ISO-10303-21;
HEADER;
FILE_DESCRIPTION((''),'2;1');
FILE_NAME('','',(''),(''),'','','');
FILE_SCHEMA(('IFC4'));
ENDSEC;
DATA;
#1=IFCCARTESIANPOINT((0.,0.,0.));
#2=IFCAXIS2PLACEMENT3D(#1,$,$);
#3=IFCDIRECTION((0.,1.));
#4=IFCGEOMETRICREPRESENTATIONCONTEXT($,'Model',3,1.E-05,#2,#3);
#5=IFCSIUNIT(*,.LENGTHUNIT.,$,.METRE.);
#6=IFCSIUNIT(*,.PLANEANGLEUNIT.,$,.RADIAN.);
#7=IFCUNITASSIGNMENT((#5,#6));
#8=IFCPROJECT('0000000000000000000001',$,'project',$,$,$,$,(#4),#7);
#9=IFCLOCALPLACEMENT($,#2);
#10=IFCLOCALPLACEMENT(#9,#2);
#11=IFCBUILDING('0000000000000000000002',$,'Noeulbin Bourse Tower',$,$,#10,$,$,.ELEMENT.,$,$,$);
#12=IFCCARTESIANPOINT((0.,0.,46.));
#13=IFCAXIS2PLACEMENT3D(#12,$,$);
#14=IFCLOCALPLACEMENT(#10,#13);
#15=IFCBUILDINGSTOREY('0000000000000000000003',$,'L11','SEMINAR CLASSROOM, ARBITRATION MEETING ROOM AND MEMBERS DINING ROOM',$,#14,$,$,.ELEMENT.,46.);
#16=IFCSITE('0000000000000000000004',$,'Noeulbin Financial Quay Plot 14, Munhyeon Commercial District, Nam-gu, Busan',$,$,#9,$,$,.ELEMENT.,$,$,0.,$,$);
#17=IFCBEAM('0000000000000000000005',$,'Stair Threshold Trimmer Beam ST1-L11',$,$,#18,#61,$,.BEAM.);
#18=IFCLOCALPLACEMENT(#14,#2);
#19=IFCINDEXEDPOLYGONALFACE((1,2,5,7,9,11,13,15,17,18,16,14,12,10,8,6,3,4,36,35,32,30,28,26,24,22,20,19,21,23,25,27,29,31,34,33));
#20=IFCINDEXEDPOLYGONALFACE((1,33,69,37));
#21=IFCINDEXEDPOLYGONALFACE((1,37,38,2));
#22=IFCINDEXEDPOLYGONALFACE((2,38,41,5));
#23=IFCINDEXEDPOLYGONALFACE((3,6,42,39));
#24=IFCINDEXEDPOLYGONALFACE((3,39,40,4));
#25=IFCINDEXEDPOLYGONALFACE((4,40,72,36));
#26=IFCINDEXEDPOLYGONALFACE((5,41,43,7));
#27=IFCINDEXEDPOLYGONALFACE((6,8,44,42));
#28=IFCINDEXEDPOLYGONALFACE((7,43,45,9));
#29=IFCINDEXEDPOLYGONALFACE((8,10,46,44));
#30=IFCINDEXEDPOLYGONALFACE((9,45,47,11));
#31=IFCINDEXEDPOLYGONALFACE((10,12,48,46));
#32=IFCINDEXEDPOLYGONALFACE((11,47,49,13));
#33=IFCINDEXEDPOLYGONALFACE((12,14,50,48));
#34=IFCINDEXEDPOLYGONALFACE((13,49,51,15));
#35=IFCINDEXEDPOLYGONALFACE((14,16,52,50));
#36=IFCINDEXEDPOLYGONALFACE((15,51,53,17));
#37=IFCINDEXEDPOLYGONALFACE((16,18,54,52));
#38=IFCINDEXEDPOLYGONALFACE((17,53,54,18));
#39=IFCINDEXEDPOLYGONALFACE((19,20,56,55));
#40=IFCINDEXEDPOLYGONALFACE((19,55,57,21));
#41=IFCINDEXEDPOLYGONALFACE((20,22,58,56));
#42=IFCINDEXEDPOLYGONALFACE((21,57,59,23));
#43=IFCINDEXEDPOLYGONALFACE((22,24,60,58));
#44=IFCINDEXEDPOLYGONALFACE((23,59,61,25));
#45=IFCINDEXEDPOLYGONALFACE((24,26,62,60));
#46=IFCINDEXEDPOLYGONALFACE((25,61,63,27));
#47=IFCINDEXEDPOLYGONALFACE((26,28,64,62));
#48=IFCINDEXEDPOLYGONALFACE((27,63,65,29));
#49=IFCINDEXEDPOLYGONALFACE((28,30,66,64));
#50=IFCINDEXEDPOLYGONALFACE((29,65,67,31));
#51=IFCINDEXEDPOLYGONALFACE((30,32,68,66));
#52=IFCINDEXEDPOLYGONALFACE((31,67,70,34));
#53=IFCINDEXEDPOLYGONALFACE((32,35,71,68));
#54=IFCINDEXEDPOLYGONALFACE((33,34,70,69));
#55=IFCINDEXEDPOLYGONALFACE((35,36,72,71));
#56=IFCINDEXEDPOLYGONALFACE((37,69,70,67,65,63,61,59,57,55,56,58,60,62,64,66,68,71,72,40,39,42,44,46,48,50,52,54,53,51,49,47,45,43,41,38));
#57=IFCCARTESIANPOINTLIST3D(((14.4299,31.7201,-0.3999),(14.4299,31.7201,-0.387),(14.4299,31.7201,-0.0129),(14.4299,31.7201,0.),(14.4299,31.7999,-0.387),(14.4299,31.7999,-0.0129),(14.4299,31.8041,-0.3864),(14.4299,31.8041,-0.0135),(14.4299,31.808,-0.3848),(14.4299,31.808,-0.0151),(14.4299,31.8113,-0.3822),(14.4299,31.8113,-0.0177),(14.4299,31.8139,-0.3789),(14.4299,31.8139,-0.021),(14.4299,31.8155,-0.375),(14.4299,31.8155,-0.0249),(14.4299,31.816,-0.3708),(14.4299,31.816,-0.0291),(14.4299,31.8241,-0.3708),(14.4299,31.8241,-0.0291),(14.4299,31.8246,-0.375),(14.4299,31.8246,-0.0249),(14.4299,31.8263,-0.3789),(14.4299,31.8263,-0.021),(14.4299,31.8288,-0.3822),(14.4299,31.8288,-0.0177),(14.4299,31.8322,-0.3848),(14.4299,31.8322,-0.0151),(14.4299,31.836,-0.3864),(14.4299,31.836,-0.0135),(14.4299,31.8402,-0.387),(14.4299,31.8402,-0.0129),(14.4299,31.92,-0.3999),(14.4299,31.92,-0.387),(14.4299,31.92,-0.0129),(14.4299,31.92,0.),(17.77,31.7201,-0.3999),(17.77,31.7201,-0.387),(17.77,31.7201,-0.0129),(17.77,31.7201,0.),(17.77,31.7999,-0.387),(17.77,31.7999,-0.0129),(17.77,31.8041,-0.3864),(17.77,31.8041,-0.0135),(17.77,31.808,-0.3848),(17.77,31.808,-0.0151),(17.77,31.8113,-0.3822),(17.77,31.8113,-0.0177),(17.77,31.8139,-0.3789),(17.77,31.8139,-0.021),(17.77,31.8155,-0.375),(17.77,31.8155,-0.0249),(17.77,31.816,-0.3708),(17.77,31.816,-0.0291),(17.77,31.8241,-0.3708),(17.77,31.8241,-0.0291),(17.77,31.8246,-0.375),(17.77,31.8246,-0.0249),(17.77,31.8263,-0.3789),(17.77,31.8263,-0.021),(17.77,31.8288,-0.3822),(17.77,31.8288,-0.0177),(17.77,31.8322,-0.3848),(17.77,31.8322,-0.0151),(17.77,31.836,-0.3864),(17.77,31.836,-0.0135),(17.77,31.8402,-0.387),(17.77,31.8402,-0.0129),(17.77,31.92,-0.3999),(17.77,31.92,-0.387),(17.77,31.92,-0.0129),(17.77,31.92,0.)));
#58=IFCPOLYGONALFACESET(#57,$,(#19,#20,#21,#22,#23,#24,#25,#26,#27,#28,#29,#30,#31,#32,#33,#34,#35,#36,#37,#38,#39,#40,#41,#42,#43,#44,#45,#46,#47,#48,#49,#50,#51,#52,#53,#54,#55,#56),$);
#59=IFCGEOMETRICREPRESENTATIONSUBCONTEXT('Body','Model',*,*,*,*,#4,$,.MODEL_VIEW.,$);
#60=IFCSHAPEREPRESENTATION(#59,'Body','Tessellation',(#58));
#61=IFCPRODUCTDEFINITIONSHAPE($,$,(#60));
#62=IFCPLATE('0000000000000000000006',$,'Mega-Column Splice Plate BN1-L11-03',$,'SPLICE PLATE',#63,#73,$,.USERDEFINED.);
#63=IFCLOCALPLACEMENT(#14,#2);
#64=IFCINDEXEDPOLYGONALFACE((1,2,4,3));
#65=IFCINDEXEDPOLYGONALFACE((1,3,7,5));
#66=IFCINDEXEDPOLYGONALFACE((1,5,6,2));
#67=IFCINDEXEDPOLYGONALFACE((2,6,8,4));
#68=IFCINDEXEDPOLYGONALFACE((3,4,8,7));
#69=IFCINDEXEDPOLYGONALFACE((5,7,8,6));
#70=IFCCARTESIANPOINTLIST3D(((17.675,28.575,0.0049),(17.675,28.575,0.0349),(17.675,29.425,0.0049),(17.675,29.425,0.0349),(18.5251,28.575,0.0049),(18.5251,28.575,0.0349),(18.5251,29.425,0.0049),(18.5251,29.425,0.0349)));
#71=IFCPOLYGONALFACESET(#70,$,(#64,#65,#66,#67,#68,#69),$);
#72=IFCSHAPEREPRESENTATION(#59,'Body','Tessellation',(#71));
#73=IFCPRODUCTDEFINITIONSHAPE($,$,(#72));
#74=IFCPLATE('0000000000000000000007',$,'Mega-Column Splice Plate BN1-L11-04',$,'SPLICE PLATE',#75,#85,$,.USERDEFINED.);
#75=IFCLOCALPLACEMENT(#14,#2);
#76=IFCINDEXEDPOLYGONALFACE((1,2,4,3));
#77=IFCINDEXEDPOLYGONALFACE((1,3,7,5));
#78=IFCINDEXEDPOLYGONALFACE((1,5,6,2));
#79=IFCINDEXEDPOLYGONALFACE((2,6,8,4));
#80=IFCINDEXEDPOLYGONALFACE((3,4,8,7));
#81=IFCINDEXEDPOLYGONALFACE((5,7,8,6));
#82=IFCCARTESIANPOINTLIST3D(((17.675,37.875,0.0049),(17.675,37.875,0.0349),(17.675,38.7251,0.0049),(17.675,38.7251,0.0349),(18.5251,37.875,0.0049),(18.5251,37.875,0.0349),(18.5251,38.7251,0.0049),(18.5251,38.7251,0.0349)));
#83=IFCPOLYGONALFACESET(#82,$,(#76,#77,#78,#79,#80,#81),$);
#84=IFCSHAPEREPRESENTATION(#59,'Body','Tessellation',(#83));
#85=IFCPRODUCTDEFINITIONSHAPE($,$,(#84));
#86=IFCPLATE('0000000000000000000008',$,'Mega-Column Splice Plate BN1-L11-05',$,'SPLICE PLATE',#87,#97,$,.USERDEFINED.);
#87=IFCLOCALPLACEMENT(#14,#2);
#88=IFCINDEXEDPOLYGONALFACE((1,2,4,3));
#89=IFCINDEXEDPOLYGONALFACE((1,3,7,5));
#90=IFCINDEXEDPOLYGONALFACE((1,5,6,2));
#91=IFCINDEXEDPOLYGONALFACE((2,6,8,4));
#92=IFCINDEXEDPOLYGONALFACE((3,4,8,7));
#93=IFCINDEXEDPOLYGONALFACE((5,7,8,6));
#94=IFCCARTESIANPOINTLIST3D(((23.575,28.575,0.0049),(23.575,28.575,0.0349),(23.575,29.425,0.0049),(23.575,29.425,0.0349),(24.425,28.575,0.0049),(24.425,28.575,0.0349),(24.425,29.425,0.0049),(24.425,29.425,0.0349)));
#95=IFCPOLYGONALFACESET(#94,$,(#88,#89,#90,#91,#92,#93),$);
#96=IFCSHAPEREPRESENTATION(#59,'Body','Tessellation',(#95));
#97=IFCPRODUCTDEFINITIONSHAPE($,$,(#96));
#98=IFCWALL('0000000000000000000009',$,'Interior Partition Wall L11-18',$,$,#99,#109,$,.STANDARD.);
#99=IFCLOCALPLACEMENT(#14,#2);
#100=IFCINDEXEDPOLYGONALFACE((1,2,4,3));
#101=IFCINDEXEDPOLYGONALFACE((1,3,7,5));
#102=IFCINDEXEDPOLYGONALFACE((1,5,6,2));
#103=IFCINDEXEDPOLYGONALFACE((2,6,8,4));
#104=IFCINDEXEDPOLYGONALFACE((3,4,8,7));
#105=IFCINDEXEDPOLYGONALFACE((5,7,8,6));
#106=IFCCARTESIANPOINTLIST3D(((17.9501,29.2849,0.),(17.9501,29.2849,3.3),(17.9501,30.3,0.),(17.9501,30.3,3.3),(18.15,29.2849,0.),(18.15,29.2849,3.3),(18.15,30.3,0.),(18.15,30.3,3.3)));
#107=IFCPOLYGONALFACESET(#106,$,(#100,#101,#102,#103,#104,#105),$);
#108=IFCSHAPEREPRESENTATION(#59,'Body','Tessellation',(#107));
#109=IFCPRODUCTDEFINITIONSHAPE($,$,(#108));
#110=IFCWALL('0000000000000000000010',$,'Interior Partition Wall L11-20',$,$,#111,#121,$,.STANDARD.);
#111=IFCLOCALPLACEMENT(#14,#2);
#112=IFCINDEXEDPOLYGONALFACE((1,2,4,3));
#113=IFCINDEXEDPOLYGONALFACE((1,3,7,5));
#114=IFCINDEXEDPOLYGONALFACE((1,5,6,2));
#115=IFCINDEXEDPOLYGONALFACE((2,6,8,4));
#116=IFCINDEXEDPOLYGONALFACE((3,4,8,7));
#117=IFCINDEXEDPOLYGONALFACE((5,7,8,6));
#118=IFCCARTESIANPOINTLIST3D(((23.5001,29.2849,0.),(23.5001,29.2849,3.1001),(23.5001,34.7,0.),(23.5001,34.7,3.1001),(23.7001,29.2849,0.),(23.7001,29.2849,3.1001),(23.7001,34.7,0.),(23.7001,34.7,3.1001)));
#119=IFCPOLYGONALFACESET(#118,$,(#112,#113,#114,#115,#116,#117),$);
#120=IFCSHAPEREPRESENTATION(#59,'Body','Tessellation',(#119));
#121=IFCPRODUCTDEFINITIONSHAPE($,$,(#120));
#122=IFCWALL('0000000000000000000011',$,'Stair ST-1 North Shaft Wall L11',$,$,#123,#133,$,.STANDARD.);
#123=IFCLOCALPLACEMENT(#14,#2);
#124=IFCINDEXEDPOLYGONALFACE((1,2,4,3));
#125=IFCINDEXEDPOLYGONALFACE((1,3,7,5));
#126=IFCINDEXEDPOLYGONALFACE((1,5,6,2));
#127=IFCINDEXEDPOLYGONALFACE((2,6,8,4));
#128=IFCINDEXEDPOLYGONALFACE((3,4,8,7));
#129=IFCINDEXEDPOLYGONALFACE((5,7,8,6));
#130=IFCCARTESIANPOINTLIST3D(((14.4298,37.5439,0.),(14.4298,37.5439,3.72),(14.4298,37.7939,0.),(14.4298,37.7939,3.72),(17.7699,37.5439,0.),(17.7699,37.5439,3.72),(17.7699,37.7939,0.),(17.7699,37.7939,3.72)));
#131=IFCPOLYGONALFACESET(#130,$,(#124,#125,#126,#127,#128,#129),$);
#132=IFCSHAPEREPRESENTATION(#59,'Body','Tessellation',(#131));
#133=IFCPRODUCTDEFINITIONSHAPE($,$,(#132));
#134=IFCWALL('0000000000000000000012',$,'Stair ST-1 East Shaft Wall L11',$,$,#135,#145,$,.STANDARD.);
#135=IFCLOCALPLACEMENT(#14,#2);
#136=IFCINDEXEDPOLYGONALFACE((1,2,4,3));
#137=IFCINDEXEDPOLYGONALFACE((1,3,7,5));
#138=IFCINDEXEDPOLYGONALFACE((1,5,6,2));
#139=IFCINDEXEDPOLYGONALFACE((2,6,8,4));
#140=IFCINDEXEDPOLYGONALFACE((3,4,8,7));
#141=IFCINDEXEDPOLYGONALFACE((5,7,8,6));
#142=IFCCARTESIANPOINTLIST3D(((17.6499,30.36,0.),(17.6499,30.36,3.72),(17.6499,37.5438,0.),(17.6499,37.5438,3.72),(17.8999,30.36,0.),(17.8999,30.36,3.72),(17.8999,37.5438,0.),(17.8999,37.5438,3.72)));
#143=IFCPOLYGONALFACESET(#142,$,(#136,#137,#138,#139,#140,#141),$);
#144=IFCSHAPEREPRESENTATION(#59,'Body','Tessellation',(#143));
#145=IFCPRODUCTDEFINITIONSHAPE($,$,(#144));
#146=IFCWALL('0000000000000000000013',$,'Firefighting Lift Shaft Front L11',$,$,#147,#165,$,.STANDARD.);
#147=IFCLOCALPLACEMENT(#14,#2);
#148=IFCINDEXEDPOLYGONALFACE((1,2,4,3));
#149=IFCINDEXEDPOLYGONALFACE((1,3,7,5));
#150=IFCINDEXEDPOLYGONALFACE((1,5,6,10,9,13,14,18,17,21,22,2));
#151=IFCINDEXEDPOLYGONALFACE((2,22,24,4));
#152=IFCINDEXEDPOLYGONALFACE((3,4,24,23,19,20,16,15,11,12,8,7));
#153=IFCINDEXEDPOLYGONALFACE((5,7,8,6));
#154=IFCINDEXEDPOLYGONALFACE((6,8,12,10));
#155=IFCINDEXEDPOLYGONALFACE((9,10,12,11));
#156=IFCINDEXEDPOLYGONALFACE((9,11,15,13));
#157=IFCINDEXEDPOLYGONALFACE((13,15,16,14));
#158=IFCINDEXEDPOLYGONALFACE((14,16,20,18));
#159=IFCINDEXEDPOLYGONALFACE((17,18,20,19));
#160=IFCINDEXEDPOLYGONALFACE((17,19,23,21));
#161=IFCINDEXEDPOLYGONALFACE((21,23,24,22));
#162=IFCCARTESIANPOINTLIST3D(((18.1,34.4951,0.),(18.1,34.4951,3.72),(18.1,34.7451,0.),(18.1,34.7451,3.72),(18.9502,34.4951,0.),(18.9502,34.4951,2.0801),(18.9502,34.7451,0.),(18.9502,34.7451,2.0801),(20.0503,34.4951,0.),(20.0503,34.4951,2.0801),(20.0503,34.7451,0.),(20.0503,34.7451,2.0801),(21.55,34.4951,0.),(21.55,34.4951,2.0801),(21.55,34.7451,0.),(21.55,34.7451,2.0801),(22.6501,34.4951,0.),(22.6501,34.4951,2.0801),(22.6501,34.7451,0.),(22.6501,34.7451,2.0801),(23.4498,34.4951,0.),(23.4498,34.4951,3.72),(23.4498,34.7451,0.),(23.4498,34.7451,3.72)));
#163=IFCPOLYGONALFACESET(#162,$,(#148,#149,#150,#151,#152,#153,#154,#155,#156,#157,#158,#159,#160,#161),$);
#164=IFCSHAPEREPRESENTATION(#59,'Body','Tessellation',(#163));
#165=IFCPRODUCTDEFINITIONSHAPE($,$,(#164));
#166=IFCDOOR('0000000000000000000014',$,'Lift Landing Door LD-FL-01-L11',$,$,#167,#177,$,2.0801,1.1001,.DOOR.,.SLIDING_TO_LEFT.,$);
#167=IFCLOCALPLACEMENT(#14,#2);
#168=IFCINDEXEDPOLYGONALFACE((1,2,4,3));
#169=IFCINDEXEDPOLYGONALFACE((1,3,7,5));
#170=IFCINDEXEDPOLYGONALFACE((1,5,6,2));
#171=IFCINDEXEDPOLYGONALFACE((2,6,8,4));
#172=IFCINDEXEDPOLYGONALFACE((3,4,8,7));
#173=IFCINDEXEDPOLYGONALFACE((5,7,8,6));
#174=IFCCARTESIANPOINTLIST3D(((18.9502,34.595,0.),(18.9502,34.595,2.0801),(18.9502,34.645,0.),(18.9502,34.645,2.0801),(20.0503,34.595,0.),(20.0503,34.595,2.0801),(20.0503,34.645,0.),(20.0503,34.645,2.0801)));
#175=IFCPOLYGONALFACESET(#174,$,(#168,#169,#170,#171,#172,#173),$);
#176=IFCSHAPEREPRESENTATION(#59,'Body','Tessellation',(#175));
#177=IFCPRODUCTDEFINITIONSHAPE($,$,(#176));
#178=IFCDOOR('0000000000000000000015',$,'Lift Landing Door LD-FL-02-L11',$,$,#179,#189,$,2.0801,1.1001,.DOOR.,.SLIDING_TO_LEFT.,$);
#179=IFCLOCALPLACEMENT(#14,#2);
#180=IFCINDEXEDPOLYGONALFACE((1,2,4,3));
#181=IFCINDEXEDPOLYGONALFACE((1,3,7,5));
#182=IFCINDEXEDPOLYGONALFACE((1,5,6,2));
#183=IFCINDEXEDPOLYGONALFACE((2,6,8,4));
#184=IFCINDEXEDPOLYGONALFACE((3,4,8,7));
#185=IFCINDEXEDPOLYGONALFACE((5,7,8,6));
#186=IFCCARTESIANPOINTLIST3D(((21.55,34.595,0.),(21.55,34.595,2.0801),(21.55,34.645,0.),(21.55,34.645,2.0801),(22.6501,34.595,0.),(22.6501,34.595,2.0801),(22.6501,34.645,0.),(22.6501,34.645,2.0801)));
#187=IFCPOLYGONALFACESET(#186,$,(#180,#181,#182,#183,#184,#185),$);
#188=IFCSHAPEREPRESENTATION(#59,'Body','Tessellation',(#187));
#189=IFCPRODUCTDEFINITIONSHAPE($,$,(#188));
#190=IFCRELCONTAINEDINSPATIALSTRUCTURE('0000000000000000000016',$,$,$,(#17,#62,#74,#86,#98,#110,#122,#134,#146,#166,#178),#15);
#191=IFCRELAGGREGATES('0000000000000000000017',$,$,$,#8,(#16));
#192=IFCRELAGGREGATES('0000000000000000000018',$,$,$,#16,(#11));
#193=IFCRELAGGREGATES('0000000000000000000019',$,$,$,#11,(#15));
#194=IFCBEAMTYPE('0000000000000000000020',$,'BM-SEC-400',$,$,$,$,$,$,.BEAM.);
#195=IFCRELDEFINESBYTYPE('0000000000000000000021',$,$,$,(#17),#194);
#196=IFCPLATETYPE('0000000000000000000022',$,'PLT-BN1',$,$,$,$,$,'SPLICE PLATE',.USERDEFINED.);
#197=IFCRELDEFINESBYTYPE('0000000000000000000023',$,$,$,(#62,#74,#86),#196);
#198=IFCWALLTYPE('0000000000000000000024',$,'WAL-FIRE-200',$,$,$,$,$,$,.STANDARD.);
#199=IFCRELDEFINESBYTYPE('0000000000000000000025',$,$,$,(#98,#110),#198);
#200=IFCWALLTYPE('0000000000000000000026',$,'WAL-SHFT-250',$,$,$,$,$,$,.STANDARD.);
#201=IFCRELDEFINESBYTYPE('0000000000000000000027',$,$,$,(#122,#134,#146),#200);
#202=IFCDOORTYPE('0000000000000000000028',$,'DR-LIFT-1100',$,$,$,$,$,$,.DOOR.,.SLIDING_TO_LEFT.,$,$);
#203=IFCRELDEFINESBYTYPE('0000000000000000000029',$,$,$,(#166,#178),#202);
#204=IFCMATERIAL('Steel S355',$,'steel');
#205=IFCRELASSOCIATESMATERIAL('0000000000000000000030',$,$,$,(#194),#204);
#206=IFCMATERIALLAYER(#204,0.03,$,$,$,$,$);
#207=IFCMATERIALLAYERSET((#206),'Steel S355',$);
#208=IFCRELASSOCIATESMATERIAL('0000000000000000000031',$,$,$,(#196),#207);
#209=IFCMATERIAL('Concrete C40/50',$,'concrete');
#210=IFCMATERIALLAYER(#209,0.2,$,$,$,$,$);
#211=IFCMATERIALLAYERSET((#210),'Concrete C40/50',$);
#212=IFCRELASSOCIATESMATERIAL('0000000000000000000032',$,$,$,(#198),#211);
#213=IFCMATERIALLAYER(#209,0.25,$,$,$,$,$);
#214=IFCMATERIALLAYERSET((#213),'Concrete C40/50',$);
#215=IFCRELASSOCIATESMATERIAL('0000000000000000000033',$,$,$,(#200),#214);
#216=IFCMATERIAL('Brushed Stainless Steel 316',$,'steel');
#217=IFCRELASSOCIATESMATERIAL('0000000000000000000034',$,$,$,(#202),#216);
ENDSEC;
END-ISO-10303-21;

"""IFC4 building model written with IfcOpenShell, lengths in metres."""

from ifc_helpers import new_model, si_unit, direction, frame, frame_2d, origin, origin_2d, place, context, subcontext, project, spatial, rectangle, i_section, extrude, material, layer, layer_set, material_profile, profile_set, type_object, element, fill, save


model = new_model("IFC4")

# Units and contexts
model_context = context("Model", 3, precision=1e-05, world=origin(), true_north=direction((0.0, 1.0)))
body_context = subcontext(model_context, "Body", "Model", "MODEL_VIEW")
ifc_project = project(units=[si_unit("LENGTHUNIT", "METRE"), si_unit("PLANEANGLEUNIT", "RADIAN")], contexts=[model_context])

# Site, building, storey
site_placement = place(None, origin())
site = spatial("IfcSite", under=ifc_project, at=site_placement, Name="Noeulbin Financial Quay Plot 14, Munhyeon Commercial District, Nam-gu, Busan", CompositionType="ELEMENT", RefElevation=0.0)
building_placement = place(site_placement, origin())
building = spatial("IfcBuilding", under=site, at=building_placement, Name="Noeulbin Bourse Tower", CompositionType="ELEMENT")
storey_placement = place(building_placement, frame((0.0, 0.0, 46.0)))
storey = spatial("IfcBuildingStorey", under=building, at=storey_placement, Name="L11", Description="SEMINAR CLASSROOM, ARBITRATION MEETING ROOM AND MEMBERS DINING ROOM", CompositionType="ELEMENT", Elevation=46.0)

# Beam
ifc_material_1 = material(Name="Steel S355", Category="steel")
ifc_material_profile_1 = material_profile(ifc_material_1, i_section(OverallWidth=0.2, OverallDepth=0.3999, WebThickness=0.0081, FlangeThickness=0.0129, FilletRadius=0.0161, at=origin_2d()), Name="H-400x200x8x13", Category="LoadBearing")
ifc_profile_set_1 = profile_set([ifc_material_profile_1], Name="Steel S355")
beam_type = type_object("IfcBeamType", Name="BM-SEC-400", PredefinedType="BEAM", material=ifc_profile_set_1)
beam_placement = place(storey_placement, frame((14.4299, 31.8201, -0.2), z_axis=(1.0, 0.0, 0.0), x_axis=(0.0, 1.0, 0.0)))
element("IfcBeam", 1, at=beam_placement, inside=storey, type_object=beam_type, Name="Stair Threshold Trimmer Beam ST1-L11", PredefinedType="BEAM", context=body_context, shape_type="SweptSolid", body=[
    extrude(i_section(OverallWidth=0.2, OverallDepth=0.3999, WebThickness=0.0081, FlangeThickness=0.0129, FilletRadius=0.0161, at=origin_2d()), origin(), (0.0, 0.0, 1.0), 3.3401),
])

# Plates
ifc_layer_1 = layer(ifc_material_1, 0.03)
ifc_layer_set_1 = layer_set([ifc_layer_1], Name="Steel S355")
plate_type = type_object("IfcPlateType", Name="PLT-BN1", ElementType="SPLICE PLATE", PredefinedType="USERDEFINED", material=ifc_layer_set_1)
for number, where, z_axis, x_axis, name in (
    (2, (18.1001, 29.0, 0.0049), (0.0, 0.0, 1.0), (1.0, 0.0, 0.0), "Mega-Column Splice Plate BN1-L11-03"),
    (3, (18.1001, 38.3, 0.0049), (0.0, 0.0, 1.0), (1.0, 0.0, 0.0), "Mega-Column Splice Plate BN1-L11-04"),
    (4, (24.0, 29.0, 0.0049), (0.0, 0.0, 1.0), (1.0, 0.0, 0.0), "Mega-Column Splice Plate BN1-L11-05"),
):
    element("IfcPlate", number, at=place(storey_placement, frame(where, z_axis=z_axis, x_axis=x_axis)), inside=storey, type_object=plate_type, Name=name, ObjectType="SPLICE PLATE", PredefinedType="USERDEFINED", context=body_context, shape_type="SweptSolid", body=[
        extrude(rectangle(XDim=0.8501, YDim=0.8501, at=origin_2d()), origin(), (0.0, 0.0, 1.0), 0.03),
    ])

# Walls
ifc_material_2 = material(Name="Concrete C40/50", Category="concrete")
ifc_layer_2 = layer(ifc_material_2, 0.2)
ifc_layer_set_2 = layer_set([ifc_layer_2], Name="Concrete C40/50")
wall_type_1 = type_object("IfcWallType", Name="WAL-FIRE-200", PredefinedType="STANDARD", material=ifc_layer_set_2)
wall_1_placement = place(storey_placement, frame((18.05, 29.2849, 0.0), z_axis=(0.0, 0.0, 1.0), x_axis=(0.0, 1.0, 0.0)))
element("IfcWall", 5, at=wall_1_placement, inside=storey, type_object=wall_type_1, Name="Interior Partition Wall L11-18", PredefinedType="STANDARD", context=body_context, shape_type="SweptSolid", body=[
    extrude(rectangle(XDim=1.0151, YDim=0.2, at=frame_2d((0.5076, 0.0))), origin(), (0.0, 0.0, 1.0), 3.3),
])
wall_2_placement = place(storey_placement, frame((23.6001, 29.2849, 0.0), z_axis=(0.0, 0.0, 1.0), x_axis=(0.0, 1.0, 0.0)))
element("IfcWall", 6, at=wall_2_placement, inside=storey, type_object=wall_type_1, Name="Interior Partition Wall L11-20", PredefinedType="STANDARD", context=body_context, shape_type="SweptSolid", body=[
    extrude(rectangle(XDim=5.415, YDim=0.2, at=frame_2d((2.7075, 0.0))), origin(), (0.0, 0.0, 1.0), 3.1001),
])
ifc_layer_3 = layer(ifc_material_2, 0.25)
ifc_layer_set_3 = layer_set([ifc_layer_3], Name="Concrete C40/50")
wall_type_2 = type_object("IfcWallType", Name="WAL-SHFT-250", PredefinedType="STANDARD", material=ifc_layer_set_3)
wall_3_placement = place(storey_placement, frame((14.4299, 37.6689, 0.0), z_axis=(0.0, 0.0, 1.0), x_axis=(1.0, 0.0, 0.0)))
element("IfcWall", 7, at=wall_3_placement, inside=storey, type_object=wall_type_2, Name="Stair ST-1 North Shaft Wall L11", PredefinedType="STANDARD", context=body_context, shape_type="SweptSolid", body=[
    extrude(rectangle(XDim=3.3401, YDim=0.25, at=frame_2d((1.6699, 0.0))), origin(), (0.0, 0.0, 1.0), 3.72),
])
wall_4_placement = place(storey_placement, frame((17.7749, 30.3601, 0.0), z_axis=(0.0, 0.0, 1.0), x_axis=(0.0, 1.0, 0.0)))
element("IfcWall", 8, at=wall_4_placement, inside=storey, type_object=wall_type_2, Name="Stair ST-1 East Shaft Wall L11", PredefinedType="STANDARD", context=body_context, shape_type="SweptSolid", body=[
    extrude(rectangle(XDim=7.1838, YDim=0.25, at=frame_2d((3.5918, 0.0))), origin(), (0.0, 0.0, 1.0), 3.72),
])

# Wall, openings, doors
wall_5_placement = place(storey_placement, frame((18.1001, 34.6201, 0.0), z_axis=(0.0, 0.0, 1.0), x_axis=(1.0, 0.0, 0.0)))
wall_5 = element("IfcWall", 9, at=wall_5_placement, inside=storey, type_object=wall_type_2, Name="Firefighting Lift Shaft Front L11", PredefinedType="STANDARD", context=body_context, shape_type="SweptSolid", body=[
    extrude(rectangle(XDim=5.3499, YDim=0.25, at=frame_2d((2.6748, 0.0))), origin(), (0.0, 0.0, 1.0), 3.72),
])
opening_1_placement = place(wall_5_placement, frame((0.8501, 0.0, 0.0)))
opening_1 = element("IfcOpeningElement", 10, at=opening_1_placement, cuts=wall_5, PredefinedType="OPENING", context=body_context, shape_type="SweptSolid", body=[
    extrude(rectangle(XDim=1.1001, YDim=2.0801, at=frame_2d((0.55, 1.04))), frame((0.0, 0.135, 0.0), z_axis=(0.0, -1.0, 0.0), x_axis=(1.0, 0.0, 0.0)), (0.0, 0.0, 1.0), 0.27),
])
opening_2_placement = place(wall_5_placement, frame((3.45, 0.0, 0.0)))
opening_2 = element("IfcOpeningElement", 11, at=opening_2_placement, cuts=wall_5, PredefinedType="OPENING", context=body_context, shape_type="SweptSolid", body=[
    extrude(rectangle(XDim=1.1001, YDim=2.0801, at=frame_2d((0.55, 1.04))), frame((0.0, 0.135, 0.0), z_axis=(0.0, -1.0, 0.0), x_axis=(1.0, 0.0, 0.0)), (0.0, 0.0, 1.0), 0.27),
])
ifc_material_3 = material(Name="Brushed Stainless Steel 316", Category="steel")
door_type_1 = type_object("IfcDoorType", Name="DR-LIFT-1100", OperationType="SLIDING_TO_LEFT", PredefinedType="DOOR", material=ifc_material_3)
door_1_placement = place(opening_1_placement, origin())
door_1 = element("IfcDoor", 12, at=door_1_placement, inside=storey, type_object=door_type_1, Name="Lift Landing Door LD-FL-01-L11", OperationType="SLIDING_TO_LEFT", OverallHeight=2.0801, OverallWidth=1.1001, PredefinedType="DOOR", context=body_context, shape_type="SweptSolid", body=[
    extrude(rectangle(XDim=1.1001, YDim=2.0801, at=frame_2d((0.55, 1.04))), frame((0.0, 0.0249, 0.0), z_axis=(0.0, -1.0, 0.0), x_axis=(1.0, 0.0, 0.0)), (0.0, 0.0, 1.0), 0.05),
])
fill(opening_1, door_1)
door_2_placement = place(opening_2_placement, origin())
door_2 = element("IfcDoor", 13, at=door_2_placement, inside=storey, type_object=door_type_1, Name="Lift Landing Door LD-FL-02-L11", OperationType="SLIDING_TO_LEFT", OverallHeight=2.0801, OverallWidth=1.1001, PredefinedType="DOOR", context=body_context, shape_type="SweptSolid", body=[
    extrude(rectangle(XDim=1.1001, YDim=2.0801, at=frame_2d((0.55, 1.04))), frame((0.0, 0.0249, 0.0), z_axis=(0.0, -1.0, 0.0), x_axis=(1.0, 0.0, 0.0)), (0.0, 0.0, 1.0), 0.05),
])
fill(opening_2, door_2)

save(model, "model.ifc")
